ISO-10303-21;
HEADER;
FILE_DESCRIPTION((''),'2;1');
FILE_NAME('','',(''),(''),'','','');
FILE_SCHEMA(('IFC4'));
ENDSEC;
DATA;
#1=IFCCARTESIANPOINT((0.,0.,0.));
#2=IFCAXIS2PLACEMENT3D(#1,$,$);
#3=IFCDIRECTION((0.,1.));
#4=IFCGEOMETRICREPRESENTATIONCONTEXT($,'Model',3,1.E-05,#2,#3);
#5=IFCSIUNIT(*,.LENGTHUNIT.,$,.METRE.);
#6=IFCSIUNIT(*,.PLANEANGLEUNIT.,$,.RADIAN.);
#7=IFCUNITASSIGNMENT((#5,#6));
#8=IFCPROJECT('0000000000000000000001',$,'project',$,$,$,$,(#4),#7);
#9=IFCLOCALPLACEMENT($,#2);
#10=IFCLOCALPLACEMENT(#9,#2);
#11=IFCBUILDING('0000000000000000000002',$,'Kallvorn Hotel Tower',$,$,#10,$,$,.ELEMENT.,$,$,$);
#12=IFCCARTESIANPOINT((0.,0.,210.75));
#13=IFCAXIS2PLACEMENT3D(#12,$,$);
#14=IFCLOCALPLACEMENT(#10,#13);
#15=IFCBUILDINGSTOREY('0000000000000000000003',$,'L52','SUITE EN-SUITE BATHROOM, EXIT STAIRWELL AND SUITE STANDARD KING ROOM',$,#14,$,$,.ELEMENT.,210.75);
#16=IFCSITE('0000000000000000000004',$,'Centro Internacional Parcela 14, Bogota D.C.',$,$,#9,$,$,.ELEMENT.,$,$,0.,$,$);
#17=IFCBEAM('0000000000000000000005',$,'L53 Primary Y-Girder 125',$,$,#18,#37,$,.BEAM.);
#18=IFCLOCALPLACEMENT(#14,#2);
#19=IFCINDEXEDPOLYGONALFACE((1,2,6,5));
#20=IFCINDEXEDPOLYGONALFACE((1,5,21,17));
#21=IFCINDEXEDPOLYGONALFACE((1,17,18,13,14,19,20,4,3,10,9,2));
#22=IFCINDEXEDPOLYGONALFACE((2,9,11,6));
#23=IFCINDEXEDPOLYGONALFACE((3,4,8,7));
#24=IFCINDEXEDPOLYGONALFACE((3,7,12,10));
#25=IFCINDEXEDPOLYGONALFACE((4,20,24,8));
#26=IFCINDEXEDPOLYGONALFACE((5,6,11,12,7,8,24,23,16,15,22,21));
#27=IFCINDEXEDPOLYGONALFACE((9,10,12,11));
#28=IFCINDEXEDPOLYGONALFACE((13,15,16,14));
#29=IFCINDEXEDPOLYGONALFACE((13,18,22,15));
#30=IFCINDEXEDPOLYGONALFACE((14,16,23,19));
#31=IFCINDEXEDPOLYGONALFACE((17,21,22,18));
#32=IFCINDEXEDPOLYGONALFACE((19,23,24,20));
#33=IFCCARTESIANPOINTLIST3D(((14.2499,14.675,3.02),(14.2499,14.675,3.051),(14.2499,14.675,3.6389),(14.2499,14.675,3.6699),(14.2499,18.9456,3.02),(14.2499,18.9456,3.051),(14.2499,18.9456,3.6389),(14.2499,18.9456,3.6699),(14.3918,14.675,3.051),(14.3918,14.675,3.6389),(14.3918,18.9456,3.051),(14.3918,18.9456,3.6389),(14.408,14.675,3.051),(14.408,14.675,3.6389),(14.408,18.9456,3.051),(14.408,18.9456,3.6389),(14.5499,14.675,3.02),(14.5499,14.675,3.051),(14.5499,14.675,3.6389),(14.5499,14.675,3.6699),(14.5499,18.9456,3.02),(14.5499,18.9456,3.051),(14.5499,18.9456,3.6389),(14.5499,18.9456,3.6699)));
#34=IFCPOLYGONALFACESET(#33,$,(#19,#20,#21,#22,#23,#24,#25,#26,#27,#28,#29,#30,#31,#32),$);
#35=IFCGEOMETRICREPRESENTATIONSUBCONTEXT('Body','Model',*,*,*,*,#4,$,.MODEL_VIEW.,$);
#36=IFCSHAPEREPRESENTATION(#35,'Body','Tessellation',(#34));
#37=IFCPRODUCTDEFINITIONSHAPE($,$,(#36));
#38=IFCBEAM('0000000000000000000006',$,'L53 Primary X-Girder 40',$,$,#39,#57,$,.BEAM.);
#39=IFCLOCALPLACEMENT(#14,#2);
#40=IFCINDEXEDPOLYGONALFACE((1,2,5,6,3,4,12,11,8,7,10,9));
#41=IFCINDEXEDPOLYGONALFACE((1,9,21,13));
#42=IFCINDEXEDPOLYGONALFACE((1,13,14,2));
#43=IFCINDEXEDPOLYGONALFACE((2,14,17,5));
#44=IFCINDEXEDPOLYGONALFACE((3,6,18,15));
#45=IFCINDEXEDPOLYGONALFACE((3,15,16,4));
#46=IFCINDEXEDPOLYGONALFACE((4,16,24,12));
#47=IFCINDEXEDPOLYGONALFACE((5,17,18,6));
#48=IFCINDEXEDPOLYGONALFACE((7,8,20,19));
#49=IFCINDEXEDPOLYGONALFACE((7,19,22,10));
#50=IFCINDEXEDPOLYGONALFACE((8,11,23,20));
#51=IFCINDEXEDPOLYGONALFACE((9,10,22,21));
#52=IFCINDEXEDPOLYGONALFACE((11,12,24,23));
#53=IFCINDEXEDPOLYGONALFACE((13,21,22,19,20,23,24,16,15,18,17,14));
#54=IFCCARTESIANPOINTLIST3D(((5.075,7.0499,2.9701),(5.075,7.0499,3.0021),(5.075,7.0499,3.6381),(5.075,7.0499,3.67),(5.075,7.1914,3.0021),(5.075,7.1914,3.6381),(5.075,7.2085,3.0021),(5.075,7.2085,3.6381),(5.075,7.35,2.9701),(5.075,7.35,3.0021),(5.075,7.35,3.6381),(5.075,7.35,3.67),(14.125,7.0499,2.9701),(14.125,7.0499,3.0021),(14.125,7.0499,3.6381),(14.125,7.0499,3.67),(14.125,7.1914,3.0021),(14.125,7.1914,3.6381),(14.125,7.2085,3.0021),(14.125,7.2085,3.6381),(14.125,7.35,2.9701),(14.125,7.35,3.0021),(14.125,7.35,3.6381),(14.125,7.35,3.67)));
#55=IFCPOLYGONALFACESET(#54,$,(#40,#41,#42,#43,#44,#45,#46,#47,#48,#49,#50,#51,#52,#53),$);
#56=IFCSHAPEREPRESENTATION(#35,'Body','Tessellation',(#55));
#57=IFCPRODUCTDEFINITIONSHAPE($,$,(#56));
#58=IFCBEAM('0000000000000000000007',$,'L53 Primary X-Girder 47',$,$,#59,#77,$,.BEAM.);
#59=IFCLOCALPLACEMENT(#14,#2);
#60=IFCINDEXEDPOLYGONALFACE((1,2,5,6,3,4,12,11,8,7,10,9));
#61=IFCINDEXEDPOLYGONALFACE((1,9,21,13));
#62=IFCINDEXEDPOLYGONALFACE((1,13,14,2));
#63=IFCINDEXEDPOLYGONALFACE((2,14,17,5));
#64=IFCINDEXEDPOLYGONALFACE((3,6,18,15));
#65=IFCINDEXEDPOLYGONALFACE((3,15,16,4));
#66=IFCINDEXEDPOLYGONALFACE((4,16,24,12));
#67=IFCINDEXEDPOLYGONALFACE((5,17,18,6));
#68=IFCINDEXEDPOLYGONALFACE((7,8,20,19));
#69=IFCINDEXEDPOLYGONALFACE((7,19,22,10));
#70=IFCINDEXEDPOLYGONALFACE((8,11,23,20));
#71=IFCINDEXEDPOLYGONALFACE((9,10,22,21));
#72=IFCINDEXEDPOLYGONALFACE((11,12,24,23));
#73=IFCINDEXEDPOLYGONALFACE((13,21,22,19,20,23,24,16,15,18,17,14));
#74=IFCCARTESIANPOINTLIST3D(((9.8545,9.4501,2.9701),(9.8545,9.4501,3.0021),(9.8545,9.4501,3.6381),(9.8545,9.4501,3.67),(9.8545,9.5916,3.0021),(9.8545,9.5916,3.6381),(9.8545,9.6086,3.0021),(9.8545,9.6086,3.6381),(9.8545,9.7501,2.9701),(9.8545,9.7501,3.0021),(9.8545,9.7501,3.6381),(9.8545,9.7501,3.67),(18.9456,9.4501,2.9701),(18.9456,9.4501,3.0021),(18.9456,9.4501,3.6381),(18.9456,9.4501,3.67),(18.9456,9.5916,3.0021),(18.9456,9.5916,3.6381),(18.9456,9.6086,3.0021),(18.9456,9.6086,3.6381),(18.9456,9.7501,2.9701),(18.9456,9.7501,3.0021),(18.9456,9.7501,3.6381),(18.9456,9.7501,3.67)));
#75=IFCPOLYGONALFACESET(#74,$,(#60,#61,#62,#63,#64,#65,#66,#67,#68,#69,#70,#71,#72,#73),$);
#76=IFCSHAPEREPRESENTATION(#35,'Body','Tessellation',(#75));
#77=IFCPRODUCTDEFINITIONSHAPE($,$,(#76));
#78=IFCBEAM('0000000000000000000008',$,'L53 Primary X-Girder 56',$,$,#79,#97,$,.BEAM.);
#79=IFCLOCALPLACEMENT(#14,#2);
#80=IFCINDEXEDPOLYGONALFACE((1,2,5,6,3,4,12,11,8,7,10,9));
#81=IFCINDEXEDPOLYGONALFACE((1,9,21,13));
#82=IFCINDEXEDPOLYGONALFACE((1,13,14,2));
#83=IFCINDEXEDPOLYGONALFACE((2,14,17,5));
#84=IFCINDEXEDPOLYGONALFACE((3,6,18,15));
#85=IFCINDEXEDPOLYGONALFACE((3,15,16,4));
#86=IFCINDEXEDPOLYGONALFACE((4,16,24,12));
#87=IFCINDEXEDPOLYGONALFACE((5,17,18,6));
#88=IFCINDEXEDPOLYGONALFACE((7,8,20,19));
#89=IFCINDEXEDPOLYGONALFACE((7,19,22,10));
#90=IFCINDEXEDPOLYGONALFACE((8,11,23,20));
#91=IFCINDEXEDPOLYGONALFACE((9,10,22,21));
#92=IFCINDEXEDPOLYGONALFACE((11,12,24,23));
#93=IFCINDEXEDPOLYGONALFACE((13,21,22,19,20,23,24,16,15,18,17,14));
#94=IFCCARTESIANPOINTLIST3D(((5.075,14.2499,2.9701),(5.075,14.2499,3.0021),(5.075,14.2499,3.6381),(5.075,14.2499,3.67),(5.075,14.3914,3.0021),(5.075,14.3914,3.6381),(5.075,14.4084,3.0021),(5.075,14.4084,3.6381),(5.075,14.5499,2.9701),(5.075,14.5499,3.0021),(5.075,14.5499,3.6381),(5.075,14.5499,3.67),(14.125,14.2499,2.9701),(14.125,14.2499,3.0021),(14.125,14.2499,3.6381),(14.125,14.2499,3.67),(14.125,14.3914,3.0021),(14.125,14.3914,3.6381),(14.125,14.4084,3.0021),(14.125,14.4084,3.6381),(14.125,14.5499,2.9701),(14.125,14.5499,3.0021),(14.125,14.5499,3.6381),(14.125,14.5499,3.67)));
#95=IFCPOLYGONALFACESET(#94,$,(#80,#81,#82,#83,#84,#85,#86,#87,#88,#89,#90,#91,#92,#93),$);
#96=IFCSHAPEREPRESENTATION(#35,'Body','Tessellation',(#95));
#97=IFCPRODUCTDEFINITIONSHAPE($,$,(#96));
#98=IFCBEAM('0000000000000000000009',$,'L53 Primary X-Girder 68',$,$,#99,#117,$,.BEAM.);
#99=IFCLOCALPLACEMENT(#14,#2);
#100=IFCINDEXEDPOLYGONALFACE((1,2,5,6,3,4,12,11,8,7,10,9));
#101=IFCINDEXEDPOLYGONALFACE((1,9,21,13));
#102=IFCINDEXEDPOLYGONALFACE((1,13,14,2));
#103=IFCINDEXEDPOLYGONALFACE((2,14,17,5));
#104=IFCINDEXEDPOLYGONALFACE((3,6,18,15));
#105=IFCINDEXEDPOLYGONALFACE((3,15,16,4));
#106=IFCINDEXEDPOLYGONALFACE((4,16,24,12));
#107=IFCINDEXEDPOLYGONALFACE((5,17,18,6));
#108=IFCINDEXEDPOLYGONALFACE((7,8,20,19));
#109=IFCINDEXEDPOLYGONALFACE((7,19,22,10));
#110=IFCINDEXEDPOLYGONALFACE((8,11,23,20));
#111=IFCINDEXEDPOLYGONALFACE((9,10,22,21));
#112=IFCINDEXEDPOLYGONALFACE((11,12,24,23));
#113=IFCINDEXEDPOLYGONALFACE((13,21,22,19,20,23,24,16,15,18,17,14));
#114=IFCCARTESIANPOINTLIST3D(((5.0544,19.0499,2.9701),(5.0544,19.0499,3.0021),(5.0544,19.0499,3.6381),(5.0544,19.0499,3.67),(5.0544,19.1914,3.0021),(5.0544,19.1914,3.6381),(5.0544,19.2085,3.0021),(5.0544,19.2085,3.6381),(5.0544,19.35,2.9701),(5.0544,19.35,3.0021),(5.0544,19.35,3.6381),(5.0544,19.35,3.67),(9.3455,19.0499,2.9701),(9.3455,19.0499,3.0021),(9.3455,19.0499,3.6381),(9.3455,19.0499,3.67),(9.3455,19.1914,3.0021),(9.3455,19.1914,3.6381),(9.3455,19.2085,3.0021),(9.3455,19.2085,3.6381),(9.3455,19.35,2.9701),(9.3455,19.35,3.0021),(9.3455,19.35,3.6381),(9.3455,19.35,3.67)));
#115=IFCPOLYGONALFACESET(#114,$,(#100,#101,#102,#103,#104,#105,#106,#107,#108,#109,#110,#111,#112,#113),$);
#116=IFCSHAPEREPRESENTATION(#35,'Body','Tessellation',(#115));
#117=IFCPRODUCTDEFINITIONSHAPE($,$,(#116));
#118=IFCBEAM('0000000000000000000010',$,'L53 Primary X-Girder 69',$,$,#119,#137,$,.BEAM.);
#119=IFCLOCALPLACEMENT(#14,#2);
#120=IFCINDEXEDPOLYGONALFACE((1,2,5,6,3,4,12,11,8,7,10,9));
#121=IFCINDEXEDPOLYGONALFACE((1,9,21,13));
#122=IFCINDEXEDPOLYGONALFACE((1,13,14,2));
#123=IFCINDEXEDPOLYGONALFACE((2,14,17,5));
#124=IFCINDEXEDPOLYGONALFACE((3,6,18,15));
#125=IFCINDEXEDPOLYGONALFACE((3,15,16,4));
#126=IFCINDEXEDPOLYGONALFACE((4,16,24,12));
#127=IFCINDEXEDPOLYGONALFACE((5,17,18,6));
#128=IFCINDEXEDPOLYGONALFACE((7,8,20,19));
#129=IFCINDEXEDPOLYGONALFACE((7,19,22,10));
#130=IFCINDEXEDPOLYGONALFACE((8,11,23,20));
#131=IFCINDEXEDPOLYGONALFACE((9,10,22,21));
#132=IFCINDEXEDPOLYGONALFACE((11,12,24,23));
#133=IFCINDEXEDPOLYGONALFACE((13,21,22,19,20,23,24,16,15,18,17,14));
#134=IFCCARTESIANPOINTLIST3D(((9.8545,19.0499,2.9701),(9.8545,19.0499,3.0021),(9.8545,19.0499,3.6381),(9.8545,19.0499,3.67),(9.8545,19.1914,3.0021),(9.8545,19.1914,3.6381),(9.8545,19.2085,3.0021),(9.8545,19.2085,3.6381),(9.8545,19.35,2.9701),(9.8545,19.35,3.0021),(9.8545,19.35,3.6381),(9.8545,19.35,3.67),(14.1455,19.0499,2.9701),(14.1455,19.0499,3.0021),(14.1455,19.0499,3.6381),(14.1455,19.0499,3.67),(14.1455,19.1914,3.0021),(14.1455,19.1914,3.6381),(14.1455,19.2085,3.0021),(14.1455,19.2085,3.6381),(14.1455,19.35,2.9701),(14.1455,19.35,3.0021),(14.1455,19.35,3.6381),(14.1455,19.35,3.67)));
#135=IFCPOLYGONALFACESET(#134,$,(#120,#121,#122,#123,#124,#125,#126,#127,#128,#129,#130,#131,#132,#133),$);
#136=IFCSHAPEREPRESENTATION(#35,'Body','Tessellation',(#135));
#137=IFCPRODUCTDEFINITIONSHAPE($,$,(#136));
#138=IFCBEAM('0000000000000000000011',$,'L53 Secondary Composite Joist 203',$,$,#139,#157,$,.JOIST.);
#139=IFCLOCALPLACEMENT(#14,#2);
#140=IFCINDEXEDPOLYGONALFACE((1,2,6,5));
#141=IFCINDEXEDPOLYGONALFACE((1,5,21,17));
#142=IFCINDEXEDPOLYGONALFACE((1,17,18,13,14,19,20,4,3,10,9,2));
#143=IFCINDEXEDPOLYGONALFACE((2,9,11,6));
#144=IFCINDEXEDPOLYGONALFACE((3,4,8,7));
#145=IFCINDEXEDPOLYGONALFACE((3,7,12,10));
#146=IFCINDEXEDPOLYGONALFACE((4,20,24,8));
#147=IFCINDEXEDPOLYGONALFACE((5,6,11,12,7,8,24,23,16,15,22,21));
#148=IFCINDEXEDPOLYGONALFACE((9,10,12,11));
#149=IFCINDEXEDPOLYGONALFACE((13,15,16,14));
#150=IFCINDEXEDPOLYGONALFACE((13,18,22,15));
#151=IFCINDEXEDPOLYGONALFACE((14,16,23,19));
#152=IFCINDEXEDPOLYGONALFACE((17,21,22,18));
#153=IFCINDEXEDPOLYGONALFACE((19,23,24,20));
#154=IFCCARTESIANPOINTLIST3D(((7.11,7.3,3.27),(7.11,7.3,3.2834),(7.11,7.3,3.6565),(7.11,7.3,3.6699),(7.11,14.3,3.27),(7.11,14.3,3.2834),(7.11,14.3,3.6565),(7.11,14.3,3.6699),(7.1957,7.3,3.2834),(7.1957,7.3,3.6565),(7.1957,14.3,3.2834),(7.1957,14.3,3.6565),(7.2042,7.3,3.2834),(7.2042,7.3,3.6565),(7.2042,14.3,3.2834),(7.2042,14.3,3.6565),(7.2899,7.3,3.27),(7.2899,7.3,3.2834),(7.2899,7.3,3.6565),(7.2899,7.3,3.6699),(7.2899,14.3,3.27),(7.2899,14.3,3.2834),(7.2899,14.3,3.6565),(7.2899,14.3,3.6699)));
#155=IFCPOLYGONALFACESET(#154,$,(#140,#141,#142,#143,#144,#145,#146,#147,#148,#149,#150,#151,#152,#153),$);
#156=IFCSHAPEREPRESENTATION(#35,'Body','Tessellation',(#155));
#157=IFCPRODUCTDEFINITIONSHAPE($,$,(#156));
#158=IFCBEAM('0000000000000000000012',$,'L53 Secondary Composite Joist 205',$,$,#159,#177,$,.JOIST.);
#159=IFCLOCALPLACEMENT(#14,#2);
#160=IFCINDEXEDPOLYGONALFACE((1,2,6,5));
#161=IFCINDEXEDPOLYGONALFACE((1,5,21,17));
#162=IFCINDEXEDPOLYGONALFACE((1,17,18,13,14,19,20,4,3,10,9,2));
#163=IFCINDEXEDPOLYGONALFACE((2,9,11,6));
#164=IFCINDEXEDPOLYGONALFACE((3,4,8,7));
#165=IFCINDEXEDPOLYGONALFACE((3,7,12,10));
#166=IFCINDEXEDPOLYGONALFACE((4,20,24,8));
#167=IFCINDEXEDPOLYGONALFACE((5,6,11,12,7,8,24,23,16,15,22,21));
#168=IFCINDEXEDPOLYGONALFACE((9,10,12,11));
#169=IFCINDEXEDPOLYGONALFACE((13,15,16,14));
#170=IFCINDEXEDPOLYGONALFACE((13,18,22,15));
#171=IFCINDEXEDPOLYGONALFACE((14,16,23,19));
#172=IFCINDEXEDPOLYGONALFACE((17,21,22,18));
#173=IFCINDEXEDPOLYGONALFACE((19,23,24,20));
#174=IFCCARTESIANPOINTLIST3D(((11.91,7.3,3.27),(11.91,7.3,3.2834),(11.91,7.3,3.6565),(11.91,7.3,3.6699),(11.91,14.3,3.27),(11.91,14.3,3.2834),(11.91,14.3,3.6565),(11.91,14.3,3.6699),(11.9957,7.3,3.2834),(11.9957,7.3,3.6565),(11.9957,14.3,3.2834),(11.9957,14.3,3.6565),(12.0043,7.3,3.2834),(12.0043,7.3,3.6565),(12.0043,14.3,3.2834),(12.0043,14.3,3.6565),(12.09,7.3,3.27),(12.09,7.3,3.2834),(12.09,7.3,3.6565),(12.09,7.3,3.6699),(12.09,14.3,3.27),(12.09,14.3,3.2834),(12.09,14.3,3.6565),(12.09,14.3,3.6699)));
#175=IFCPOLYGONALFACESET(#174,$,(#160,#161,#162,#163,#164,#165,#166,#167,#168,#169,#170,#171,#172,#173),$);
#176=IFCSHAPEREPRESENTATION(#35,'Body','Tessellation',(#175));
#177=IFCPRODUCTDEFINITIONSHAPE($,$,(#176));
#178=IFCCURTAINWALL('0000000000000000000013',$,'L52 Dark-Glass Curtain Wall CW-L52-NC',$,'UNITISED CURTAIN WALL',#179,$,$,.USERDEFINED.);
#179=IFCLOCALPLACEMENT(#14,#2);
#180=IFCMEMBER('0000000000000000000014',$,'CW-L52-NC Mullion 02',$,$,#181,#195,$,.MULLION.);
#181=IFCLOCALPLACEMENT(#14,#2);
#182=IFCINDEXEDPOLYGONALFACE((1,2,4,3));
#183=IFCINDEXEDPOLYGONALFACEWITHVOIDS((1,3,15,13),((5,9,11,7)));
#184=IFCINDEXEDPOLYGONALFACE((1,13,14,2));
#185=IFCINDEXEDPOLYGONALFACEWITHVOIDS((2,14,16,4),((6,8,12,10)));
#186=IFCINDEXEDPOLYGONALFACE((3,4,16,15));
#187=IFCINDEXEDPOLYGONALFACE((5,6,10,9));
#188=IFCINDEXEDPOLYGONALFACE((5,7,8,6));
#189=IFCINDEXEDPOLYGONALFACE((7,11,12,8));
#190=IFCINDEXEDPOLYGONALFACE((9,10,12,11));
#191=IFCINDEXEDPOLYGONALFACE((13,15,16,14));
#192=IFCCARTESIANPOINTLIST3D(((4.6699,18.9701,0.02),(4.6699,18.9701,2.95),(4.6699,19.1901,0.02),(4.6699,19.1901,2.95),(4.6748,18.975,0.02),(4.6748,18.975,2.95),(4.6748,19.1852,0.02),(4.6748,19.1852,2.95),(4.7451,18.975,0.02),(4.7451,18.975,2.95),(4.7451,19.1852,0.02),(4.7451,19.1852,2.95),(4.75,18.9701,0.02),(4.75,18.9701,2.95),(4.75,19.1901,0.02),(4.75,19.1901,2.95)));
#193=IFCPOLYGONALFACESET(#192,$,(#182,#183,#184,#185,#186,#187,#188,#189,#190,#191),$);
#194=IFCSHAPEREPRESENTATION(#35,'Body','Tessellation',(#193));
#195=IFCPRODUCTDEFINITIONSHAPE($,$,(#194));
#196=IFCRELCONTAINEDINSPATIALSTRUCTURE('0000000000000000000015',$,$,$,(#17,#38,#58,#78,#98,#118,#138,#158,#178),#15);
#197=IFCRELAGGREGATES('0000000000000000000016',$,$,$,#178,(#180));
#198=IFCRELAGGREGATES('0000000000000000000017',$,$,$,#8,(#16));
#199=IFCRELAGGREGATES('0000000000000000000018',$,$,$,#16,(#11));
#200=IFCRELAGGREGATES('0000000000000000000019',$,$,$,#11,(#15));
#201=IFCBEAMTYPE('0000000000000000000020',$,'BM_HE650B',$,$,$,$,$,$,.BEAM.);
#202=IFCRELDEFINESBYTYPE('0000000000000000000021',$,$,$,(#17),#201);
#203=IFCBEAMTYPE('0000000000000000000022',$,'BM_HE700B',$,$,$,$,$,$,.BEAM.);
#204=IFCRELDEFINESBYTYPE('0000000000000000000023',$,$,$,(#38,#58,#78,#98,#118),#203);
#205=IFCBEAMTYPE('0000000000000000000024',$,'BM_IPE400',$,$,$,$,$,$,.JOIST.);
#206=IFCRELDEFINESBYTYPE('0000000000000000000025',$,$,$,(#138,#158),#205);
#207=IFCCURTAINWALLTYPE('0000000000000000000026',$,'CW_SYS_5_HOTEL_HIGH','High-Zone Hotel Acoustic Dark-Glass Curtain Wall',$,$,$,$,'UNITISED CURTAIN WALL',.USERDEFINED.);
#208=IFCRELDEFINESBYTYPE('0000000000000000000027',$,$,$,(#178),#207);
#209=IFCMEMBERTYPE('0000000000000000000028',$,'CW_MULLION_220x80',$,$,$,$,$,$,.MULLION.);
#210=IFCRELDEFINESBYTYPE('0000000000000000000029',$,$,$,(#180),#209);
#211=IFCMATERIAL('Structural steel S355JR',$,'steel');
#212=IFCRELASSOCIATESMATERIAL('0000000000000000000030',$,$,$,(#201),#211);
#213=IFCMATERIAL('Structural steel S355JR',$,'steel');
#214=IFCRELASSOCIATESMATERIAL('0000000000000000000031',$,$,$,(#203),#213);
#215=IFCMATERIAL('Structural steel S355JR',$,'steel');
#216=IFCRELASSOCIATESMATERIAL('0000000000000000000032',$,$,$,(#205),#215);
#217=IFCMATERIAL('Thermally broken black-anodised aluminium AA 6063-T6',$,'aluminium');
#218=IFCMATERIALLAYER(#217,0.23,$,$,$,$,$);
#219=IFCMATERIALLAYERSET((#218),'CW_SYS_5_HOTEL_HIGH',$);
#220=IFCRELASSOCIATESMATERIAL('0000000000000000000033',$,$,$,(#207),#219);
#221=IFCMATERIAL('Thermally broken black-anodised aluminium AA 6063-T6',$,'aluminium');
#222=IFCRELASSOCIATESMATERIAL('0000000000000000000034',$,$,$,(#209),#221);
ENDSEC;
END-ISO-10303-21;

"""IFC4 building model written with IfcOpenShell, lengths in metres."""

from ifc_helpers import new_model, si_unit, direction, frame, origin, origin_2d, place, context, subcontext, project, spatial, hollow_rectangle, i_section, extrude, material, layer, layer_set, material_profile, profile_set, type_object, element, aggregate, save


model = new_model("IFC4")

# Units and contexts
model_context = context("Model", 3, precision=1e-05, world=origin(), true_north=direction((0.0, 1.0)))
body_context = subcontext(model_context, "Body", "Model", "MODEL_VIEW")
ifc_project = project(units=[si_unit("LENGTHUNIT", "METRE"), si_unit("PLANEANGLEUNIT", "RADIAN")], contexts=[model_context])

# Site, building, storey
site_placement = place(None, origin())
site = spatial("IfcSite", under=ifc_project, at=site_placement, Name="Centro Internacional Parcela 14, Bogota D.C.", CompositionType="ELEMENT", RefElevation=0.0)
building_placement = place(site_placement, origin())
building = spatial("IfcBuilding", under=site, at=building_placement, Name="Kallvorn Hotel Tower", CompositionType="ELEMENT")
storey_placement = place(building_placement, frame((0.0, 0.0, 210.75)))
storey = spatial("IfcBuildingStorey", under=building, at=storey_placement, Name="L52", Description="SUITE EN-SUITE BATHROOM, EXIT STAIRWELL AND SUITE STANDARD KING ROOM", CompositionType="ELEMENT", Elevation=210.75)

# Beams
ifc_material_1 = material(Name="Structural steel S355JR", Category="steel")
ifc_material_profile_1 = material_profile(ifc_material_1, i_section(OverallWidth=0.3, OverallDepth=0.6499, WebThickness=0.0161, FlangeThickness=0.031, at=origin_2d()), Name="HE 650 B")
ifc_profile_set_1 = profile_set([ifc_material_profile_1], Name="Structural steel S355JR")
beam_type_1 = type_object("IfcBeamType", Name="BM_HE650B", PredefinedType="BEAM", material=ifc_profile_set_1)
beam_1_placement = place(storey_placement, frame((14.3999, 14.675, 3.345), z_axis=(0.0, 1.0, 0.0), x_axis=(-1.0, 0.0, 0.0)))
element("IfcBeam", 1, at=beam_1_placement, inside=storey, type_object=beam_type_1, Name="L53 Primary Y-Girder 125", PredefinedType="BEAM", context=body_context, shape_type="SweptSolid", body=[
    extrude(i_section(OverallWidth=0.3, OverallDepth=0.6499, WebThickness=0.0161, FlangeThickness=0.031, at=origin_2d()), origin(), (0.0, 0.0, 1.0), 4.2705),
])
ifc_material_2 = material(Name="Structural steel S355JR", Category="steel")
ifc_material_profile_2 = material_profile(ifc_material_2, i_section(OverallWidth=0.3, OverallDepth=0.7, WebThickness=0.0171, FlangeThickness=0.032, at=origin_2d()), Name="HE 700 B")
ifc_profile_set_2 = profile_set([ifc_material_profile_2], Name="Structural steel S355JR")
beam_type_2 = type_object("IfcBeamType", Name="BM_HE700B", PredefinedType="BEAM", material=ifc_profile_set_2)
beam_2_placement = place(storey_placement, frame((5.075, 7.2, 3.3201), z_axis=(1.0, 0.0, 0.0), x_axis=(0.0, 1.0, 0.0)))
element("IfcBeam", 2, at=beam_2_placement, inside=storey, type_object=beam_type_2, Name="L53 Primary X-Girder 40", PredefinedType="BEAM", context=body_context, shape_type="SweptSolid", body=[
    extrude(i_section(OverallWidth=0.3, OverallDepth=0.7, WebThickness=0.0171, FlangeThickness=0.032, at=origin_2d()), origin(), (0.0, 0.0, 1.0), 9.05),
])
beam_3_placement = place(storey_placement, frame((9.8545, 9.6001, 3.3201), z_axis=(1.0, 0.0, 0.0), x_axis=(0.0, 1.0, 0.0)))
element("IfcBeam", 3, at=beam_3_placement, inside=storey, type_object=beam_type_2, Name="L53 Primary X-Girder 47", PredefinedType="BEAM", context=body_context, shape_type="SweptSolid", body=[
    extrude(i_section(OverallWidth=0.3, OverallDepth=0.7, WebThickness=0.0171, FlangeThickness=0.032, at=origin_2d()), origin(), (0.0, 0.0, 1.0), 9.0911),
])
beam_4_placement = place(storey_placement, frame((5.075, 14.3999, 3.3201), z_axis=(1.0, 0.0, 0.0), x_axis=(0.0, 1.0, 0.0)))
element("IfcBeam", 4, at=beam_4_placement, inside=storey, type_object=beam_type_2, Name="L53 Primary X-Girder 56", PredefinedType="BEAM", context=body_context, shape_type="SweptSolid", body=[
    extrude(i_section(OverallWidth=0.3, OverallDepth=0.7, WebThickness=0.0171, FlangeThickness=0.032, at=origin_2d()), origin(), (0.0, 0.0, 1.0), 9.05),
])
for number, where, z_axis, x_axis, name in (
    (5, (5.0544, 19.2, 3.3201), (1.0, 0.0, 0.0), (0.0, 1.0, 0.0), "L53 Primary X-Girder 68"),
    (6, (9.8545, 19.2, 3.3201), (1.0, 0.0, 0.0), (0.0, 1.0, 0.0), "L53 Primary X-Girder 69"),
):
    element("IfcBeam", number, at=place(storey_placement, frame(where, z_axis=z_axis, x_axis=x_axis)), inside=storey, type_object=beam_type_2, Name=name, PredefinedType="BEAM", context=body_context, shape_type="SweptSolid", body=[
        extrude(i_section(OverallWidth=0.3, OverallDepth=0.7, WebThickness=0.0171, FlangeThickness=0.032, at=origin_2d()), origin(), (0.0, 0.0, 1.0), 4.291),
    ])
ifc_material_3 = material(Name="Structural steel S355JR", Category="steel")
ifc_material_profile_3 = material_profile(ifc_material_3, i_section(OverallWidth=0.1799, OverallDepth=0.3999, WebThickness=0.0085, FlangeThickness=0.0134, at=origin_2d()), Name="IPE 400")
ifc_profile_set_3 = profile_set([ifc_material_profile_3], Name="Structural steel S355JR")
beam_type_3 = type_object("IfcBeamType", Name="BM_IPE400", PredefinedType="JOIST", material=ifc_profile_set_3)
for number, where, z_axis, x_axis, name in (
    (7, (7.2, 7.3, 3.47), (0.0, 1.0, 0.0), (-1.0, 0.0, 0.0), "L53 Secondary Composite Joist 203"),
    (8, (12.0, 7.3, 3.47), (0.0, 1.0, 0.0), (-1.0, 0.0, 0.0), "L53 Secondary Composite Joist 205"),
):
    element("IfcBeam", number, at=place(storey_placement, frame(where, z_axis=z_axis, x_axis=x_axis)), inside=storey, type_object=beam_type_3, Name=name, PredefinedType="JOIST", context=body_context, shape_type="SweptSolid", body=[
        extrude(i_section(OverallWidth=0.1799, OverallDepth=0.3999, WebThickness=0.0085, FlangeThickness=0.0134, at=origin_2d()), origin(), (0.0, 0.0, 1.0), 7.0),
    ])

# Curtain wall, member
ifc_material_4 = material(Name="Thermally broken black-anodised aluminium AA 6063-T6", Category="aluminium")
ifc_layer_1 = layer(ifc_material_4, 0.23)
ifc_layer_set_1 = layer_set([ifc_layer_1], Name="CW_SYS_5_HOTEL_HIGH")
curtain_wall_type = type_object("IfcCurtainWallType", Name="CW_SYS_5_HOTEL_HIGH", Description="High-Zone Hotel Acoustic Dark-Glass Curtain Wall", ElementType="UNITISED CURTAIN WALL", PredefinedType="USERDEFINED", material=ifc_layer_set_1)
curtain_wall_placement = place(storey_placement, origin())
curtain_wall = element("IfcCurtainWall", 9, at=curtain_wall_placement, inside=storey, type_object=curtain_wall_type, Name="L52 Dark-Glass Curtain Wall CW-L52-NC", ObjectType="UNITISED CURTAIN WALL", PredefinedType="USERDEFINED")
ifc_material_5 = material(Name="Thermally broken black-anodised aluminium AA 6063-T6", Category="aluminium")
ifc_material_profile_4 = material_profile(ifc_material_5, hollow_rectangle(XDim=0.0801, YDim=0.22, WallThickness=0.0049, at=origin_2d()), Name="MUL 220x80")
ifc_profile_set_4 = profile_set([ifc_material_profile_4], Name="Thermally broken black-anodised aluminium AA 6063-T6")
member_type = type_object("IfcMemberType", Name="CW_MULLION_220x80", PredefinedType="MULLION", material=ifc_profile_set_4)
member_placement = place(storey_placement, frame((4.71, 19.0801, 0.02), z_axis=(0.0, 0.0, 1.0), x_axis=(1.0, 0.0, 0.0)))
member = element("IfcMember", 10, at=member_placement, type_object=member_type, Name="CW-L52-NC Mullion 02", PredefinedType="MULLION", context=body_context, shape_type="SweptSolid", body=[
    extrude(hollow_rectangle(XDim=0.0801, YDim=0.22, WallThickness=0.0049, at=origin_2d()), origin(), (0.0, 0.0, 1.0), 2.9299),
])
aggregate(curtain_wall, [member])

save(model, "model.ifc")
